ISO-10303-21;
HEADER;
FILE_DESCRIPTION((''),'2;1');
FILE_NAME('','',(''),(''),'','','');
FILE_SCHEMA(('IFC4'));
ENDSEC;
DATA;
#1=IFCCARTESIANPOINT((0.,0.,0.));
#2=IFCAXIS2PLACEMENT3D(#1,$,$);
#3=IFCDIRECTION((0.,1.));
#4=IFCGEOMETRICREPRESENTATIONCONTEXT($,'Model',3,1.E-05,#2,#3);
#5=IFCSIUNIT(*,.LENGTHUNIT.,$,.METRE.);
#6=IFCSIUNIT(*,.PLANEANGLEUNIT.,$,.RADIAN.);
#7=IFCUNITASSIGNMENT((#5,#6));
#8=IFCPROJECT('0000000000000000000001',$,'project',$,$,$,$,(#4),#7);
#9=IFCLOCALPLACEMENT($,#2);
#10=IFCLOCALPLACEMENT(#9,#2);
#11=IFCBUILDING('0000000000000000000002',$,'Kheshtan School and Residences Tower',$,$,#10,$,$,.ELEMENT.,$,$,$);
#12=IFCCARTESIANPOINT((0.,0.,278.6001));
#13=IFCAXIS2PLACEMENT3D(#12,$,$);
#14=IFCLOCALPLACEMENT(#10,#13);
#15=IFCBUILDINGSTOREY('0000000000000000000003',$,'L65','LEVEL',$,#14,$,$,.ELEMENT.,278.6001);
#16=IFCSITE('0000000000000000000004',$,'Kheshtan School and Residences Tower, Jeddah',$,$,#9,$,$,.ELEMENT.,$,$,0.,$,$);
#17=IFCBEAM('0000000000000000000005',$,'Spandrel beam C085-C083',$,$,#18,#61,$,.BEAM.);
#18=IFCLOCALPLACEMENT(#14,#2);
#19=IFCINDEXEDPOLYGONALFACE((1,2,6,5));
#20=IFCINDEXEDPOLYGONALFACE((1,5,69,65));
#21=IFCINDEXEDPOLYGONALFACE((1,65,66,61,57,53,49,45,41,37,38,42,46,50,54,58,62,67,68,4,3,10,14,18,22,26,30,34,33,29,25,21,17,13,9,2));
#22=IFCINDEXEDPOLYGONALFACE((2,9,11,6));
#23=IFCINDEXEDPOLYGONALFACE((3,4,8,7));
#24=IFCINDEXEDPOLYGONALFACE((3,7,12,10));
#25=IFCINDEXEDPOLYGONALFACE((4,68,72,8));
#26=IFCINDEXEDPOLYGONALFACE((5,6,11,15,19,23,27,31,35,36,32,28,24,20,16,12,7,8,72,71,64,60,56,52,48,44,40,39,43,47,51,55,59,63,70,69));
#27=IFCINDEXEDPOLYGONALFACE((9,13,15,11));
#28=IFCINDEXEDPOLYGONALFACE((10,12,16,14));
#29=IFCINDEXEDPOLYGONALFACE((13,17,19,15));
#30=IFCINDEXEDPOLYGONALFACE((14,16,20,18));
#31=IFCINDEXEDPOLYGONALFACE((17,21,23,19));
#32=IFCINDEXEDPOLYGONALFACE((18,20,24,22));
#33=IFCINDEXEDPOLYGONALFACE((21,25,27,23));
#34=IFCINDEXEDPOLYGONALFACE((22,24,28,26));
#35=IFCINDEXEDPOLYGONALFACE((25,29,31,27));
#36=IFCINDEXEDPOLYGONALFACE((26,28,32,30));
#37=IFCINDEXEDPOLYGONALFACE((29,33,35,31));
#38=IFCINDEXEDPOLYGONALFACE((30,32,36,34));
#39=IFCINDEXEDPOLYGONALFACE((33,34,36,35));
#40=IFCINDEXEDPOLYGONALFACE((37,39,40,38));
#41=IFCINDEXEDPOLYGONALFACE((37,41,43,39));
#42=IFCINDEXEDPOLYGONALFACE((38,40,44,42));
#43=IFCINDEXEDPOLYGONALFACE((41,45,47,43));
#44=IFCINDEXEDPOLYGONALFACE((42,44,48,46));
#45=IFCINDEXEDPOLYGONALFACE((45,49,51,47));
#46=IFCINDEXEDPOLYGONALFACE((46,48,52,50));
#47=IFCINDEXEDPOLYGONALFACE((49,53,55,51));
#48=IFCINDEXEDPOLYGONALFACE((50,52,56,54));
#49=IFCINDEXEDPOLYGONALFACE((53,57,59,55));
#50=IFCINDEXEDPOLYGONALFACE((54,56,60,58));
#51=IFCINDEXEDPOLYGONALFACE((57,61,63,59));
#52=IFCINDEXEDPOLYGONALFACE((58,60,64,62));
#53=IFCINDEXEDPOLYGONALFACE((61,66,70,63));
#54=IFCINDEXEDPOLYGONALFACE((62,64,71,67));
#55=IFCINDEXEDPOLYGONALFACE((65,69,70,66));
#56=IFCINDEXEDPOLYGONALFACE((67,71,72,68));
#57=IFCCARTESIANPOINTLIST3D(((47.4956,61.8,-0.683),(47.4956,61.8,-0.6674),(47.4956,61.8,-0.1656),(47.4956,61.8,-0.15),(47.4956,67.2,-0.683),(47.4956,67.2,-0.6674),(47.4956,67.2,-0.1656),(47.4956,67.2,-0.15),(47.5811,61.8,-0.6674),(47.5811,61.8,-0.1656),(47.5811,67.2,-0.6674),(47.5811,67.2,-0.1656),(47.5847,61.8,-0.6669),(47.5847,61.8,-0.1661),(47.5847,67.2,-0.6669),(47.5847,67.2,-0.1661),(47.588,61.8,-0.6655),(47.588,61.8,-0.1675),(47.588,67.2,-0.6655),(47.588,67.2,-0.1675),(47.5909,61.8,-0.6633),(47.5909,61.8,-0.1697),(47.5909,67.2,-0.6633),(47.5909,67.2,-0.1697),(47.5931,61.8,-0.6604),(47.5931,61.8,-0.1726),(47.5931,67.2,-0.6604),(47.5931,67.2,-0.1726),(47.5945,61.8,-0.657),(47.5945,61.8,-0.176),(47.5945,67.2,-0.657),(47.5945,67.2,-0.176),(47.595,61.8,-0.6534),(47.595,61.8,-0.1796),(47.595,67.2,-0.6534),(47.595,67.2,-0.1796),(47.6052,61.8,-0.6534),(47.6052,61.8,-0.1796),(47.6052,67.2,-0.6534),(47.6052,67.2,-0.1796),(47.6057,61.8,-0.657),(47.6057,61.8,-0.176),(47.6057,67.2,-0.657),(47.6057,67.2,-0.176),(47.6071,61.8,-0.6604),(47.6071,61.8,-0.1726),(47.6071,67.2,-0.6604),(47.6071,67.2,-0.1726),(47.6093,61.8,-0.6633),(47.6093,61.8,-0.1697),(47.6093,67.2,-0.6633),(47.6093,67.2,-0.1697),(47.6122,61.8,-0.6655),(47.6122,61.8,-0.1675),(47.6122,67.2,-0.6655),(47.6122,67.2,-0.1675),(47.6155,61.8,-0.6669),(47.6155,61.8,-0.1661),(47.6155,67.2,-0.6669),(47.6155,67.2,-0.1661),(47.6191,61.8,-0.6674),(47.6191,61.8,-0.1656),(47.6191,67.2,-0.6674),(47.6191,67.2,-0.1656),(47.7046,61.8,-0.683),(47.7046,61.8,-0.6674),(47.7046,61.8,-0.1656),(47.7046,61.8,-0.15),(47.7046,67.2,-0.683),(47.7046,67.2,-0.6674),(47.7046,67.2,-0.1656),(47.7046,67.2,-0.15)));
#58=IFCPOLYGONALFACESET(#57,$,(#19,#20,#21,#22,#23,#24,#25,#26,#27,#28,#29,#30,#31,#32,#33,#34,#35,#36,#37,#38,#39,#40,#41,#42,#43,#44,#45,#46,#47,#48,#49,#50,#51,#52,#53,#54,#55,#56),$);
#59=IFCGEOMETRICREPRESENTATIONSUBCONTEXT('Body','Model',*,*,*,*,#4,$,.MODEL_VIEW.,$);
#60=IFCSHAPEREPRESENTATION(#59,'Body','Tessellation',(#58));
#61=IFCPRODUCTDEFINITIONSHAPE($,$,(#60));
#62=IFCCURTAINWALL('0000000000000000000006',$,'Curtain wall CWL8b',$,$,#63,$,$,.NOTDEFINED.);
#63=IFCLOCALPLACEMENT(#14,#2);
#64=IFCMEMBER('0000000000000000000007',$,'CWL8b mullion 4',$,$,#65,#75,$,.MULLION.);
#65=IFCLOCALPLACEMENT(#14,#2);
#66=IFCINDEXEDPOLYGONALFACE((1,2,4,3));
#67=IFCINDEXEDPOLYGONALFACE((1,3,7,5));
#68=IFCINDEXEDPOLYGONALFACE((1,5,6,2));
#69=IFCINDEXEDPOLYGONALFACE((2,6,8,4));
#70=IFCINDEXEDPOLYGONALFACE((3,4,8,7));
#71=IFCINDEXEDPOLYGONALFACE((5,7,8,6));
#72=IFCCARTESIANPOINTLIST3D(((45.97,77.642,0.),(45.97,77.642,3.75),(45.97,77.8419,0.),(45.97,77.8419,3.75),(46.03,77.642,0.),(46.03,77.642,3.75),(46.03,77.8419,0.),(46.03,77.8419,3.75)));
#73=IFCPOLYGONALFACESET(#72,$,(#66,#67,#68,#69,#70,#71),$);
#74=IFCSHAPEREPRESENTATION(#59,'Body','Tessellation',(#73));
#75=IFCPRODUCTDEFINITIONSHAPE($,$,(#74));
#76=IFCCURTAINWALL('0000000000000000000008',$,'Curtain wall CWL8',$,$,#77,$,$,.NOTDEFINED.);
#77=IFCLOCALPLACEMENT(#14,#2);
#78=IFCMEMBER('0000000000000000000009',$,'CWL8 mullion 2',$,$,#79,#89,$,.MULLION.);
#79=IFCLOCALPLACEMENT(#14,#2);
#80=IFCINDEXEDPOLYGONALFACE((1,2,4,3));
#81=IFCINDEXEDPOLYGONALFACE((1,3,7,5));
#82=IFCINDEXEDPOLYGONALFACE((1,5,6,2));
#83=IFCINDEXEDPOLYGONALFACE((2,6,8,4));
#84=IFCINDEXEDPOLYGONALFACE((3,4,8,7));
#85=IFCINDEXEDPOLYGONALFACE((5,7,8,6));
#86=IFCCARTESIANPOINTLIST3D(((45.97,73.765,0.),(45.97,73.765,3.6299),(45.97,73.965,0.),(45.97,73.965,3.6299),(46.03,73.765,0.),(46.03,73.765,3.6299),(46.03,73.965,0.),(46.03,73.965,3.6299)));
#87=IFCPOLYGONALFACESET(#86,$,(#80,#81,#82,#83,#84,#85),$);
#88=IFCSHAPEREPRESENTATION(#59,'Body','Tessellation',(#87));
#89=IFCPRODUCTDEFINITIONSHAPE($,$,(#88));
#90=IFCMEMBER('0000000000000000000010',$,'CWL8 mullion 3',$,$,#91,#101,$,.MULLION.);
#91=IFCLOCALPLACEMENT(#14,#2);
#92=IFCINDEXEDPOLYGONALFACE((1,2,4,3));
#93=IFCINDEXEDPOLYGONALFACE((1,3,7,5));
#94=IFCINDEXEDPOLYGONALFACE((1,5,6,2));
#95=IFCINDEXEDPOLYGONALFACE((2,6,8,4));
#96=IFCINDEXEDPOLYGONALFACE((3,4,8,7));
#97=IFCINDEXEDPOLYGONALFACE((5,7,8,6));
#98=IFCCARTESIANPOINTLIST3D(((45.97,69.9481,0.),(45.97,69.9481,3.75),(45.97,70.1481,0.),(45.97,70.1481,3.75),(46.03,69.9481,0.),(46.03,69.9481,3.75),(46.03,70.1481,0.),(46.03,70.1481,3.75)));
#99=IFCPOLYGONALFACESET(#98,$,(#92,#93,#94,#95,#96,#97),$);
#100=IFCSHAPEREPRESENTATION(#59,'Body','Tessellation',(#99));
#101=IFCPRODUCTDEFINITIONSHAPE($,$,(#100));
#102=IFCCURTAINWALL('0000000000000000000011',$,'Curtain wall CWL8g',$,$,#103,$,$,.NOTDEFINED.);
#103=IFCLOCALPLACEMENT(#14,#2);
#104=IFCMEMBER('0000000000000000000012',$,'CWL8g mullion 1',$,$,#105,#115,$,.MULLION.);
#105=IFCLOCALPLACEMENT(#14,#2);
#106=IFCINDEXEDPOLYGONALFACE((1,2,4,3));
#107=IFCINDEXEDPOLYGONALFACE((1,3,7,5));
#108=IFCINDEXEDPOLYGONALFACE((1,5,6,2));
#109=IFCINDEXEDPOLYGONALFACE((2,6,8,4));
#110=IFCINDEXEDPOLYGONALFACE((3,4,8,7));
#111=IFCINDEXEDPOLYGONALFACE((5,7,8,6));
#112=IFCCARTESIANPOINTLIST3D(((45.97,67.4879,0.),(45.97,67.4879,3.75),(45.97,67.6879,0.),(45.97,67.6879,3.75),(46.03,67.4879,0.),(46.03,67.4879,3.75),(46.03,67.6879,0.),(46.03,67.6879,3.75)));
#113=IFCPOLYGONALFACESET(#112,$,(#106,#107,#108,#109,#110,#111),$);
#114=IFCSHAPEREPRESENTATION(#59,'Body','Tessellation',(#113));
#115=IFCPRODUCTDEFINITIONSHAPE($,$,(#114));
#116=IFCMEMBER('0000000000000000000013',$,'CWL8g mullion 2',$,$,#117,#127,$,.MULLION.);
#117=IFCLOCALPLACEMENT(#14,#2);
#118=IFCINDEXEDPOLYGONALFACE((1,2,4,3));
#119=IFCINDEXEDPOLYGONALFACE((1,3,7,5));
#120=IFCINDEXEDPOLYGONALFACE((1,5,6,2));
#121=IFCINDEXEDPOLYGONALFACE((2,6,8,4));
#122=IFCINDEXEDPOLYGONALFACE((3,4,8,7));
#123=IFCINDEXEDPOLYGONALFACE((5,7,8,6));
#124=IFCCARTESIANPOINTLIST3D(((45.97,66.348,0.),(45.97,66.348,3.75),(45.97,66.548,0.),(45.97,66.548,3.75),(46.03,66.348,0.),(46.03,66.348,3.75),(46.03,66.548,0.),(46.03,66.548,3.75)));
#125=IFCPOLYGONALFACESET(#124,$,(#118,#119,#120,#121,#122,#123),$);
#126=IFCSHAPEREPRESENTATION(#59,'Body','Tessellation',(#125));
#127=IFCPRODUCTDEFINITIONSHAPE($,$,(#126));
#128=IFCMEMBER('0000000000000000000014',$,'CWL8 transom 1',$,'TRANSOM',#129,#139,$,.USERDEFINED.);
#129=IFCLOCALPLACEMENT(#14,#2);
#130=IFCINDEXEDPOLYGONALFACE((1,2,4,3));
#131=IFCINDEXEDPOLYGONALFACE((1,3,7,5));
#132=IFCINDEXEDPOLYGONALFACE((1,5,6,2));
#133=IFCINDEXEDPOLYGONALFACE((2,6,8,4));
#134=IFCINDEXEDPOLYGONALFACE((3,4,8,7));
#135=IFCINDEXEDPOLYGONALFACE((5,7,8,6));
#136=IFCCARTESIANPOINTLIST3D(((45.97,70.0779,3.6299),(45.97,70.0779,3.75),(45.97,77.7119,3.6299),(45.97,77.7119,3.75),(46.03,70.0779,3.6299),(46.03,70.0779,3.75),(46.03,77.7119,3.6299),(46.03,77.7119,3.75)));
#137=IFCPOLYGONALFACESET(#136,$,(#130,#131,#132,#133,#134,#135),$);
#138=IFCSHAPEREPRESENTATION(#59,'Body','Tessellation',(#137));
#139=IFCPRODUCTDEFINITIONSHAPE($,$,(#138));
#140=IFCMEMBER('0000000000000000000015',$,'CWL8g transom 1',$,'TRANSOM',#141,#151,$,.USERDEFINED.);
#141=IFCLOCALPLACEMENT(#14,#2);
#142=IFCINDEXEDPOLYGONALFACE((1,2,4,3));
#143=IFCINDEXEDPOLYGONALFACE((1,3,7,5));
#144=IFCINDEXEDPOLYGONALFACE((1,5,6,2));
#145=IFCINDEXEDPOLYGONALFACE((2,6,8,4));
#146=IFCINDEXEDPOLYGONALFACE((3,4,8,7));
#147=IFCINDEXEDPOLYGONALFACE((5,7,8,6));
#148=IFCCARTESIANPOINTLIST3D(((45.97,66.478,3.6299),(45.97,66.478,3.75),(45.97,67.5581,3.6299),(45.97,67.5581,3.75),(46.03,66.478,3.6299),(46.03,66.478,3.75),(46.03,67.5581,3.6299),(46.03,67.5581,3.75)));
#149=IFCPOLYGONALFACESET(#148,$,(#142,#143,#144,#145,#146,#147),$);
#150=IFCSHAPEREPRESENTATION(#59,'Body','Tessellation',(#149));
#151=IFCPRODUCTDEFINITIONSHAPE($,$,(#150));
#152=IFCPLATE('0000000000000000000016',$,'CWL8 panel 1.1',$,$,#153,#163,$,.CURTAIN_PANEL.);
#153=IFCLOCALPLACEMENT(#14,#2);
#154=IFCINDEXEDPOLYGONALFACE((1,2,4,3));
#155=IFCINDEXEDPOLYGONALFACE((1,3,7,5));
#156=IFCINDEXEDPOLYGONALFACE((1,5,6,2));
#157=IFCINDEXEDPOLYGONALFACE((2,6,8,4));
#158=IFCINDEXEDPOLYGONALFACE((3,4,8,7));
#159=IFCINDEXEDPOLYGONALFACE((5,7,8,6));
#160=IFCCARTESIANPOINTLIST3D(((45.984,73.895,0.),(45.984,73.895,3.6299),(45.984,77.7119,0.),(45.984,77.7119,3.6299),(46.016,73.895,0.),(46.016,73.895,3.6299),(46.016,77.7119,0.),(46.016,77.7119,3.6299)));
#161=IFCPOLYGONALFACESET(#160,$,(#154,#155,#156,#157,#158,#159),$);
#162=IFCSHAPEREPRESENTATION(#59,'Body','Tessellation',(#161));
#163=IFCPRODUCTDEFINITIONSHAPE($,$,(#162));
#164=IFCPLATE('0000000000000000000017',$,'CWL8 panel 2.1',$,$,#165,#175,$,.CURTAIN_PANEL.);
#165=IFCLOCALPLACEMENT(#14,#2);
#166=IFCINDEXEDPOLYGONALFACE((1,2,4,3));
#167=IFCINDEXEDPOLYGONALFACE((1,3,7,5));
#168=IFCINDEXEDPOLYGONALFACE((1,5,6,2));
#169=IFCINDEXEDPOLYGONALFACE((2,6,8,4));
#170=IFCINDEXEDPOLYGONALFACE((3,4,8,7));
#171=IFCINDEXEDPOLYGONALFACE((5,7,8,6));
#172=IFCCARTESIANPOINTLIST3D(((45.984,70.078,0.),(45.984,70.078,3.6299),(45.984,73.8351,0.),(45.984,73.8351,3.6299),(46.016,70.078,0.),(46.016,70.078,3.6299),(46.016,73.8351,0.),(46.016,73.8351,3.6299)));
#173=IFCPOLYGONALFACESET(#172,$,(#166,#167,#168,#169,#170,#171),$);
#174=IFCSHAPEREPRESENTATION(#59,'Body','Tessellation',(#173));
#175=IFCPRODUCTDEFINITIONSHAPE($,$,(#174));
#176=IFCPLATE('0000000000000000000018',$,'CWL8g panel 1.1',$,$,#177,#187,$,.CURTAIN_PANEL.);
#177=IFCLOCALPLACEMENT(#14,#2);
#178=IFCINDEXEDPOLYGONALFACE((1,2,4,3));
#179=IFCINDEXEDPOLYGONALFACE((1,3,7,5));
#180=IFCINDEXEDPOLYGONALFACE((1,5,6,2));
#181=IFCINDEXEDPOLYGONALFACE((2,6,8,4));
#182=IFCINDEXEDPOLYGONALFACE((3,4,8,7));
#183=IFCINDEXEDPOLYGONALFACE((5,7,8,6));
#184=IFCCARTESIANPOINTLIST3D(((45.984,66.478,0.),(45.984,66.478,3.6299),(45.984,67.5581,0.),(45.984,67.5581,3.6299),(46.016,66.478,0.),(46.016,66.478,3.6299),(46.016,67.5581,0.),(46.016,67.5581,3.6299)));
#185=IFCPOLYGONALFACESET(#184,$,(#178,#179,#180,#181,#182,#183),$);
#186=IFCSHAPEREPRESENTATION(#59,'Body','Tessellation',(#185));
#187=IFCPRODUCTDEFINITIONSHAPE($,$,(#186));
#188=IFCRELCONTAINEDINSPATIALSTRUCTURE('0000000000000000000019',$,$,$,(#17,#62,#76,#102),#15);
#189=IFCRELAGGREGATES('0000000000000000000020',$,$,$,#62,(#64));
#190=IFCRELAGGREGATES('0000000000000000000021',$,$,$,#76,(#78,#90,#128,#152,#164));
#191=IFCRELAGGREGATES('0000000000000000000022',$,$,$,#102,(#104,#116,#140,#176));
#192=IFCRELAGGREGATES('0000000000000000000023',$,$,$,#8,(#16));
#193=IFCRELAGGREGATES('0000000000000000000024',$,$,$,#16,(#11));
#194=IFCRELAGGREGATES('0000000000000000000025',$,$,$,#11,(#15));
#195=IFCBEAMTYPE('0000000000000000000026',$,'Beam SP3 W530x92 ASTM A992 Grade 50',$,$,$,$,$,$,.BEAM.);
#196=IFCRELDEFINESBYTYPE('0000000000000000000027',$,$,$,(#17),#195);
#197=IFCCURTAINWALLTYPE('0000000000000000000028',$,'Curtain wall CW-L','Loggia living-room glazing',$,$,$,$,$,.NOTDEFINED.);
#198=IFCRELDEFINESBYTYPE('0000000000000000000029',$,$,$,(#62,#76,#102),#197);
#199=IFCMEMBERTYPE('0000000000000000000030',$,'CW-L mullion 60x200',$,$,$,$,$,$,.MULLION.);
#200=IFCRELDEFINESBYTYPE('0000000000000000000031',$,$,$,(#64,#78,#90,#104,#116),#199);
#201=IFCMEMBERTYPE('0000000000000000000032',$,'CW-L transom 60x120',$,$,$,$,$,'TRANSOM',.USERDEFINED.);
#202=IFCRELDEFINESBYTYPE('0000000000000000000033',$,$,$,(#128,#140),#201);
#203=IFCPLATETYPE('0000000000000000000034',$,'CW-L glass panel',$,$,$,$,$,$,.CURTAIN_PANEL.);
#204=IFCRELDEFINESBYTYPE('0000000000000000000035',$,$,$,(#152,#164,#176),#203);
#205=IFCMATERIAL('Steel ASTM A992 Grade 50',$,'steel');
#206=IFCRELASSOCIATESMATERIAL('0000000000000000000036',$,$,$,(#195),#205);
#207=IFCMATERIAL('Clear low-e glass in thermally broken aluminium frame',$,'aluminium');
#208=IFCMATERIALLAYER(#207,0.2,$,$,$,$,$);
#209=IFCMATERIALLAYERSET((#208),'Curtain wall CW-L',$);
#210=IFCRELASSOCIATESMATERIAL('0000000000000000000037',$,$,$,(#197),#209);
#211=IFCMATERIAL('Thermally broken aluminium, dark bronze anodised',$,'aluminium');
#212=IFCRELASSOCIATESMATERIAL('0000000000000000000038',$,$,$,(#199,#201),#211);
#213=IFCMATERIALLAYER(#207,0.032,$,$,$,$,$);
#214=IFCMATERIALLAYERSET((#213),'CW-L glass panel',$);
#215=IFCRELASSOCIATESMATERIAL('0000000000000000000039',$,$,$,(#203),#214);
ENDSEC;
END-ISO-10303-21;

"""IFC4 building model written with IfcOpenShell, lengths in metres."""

from ifc_helpers import new_model, si_unit, direction, frame, origin, origin_2d, place, context, subcontext, project, spatial, rectangle, i_section, extrude, material, layer, layer_set, material_profile, profile_set, type_object, element, aggregate, save


model = new_model("IFC4")

# Units and contexts
model_context = context("Model", 3, precision=1e-05, world=origin(), true_north=direction((0.0, 1.0)))
body_context = subcontext(model_context, "Body", "Model", "MODEL_VIEW")
ifc_project = project(units=[si_unit("LENGTHUNIT", "METRE"), si_unit("PLANEANGLEUNIT", "RADIAN")], contexts=[model_context])

# Site, building, storey
site_placement = place(None, origin())
site = spatial("IfcSite", under=ifc_project, at=site_placement, Name="Kheshtan School and Residences Tower, Jeddah", CompositionType="ELEMENT", RefElevation=0.0)
building_placement = place(site_placement, origin())
building = spatial("IfcBuilding", under=site, at=building_placement, Name="Kheshtan School and Residences Tower", CompositionType="ELEMENT")
storey_placement = place(building_placement, frame((0.0, 0.0, 278.6001)))
storey = spatial("IfcBuildingStorey", under=building, at=storey_placement, Name="L65", Description="LEVEL", CompositionType="ELEMENT", Elevation=278.6001)

# Shared definitions
ifc_material_1 = material(Name="Steel ASTM A992 Grade 50", Category="steel")

# Beam
ifc_material_profile_1 = material_profile(ifc_material_1, i_section(OverallWidth=0.209, OverallDepth=0.533, WebThickness=0.0103, FlangeThickness=0.0156, FilletRadius=0.0139, at=origin_2d()), Name="W530x92")
ifc_profile_set_1 = profile_set([ifc_material_profile_1], Name="Steel ASTM A992 Grade 50")
beam_type_1 = type_object("IfcBeamType", Name="Beam SP3 W530x92 ASTM A992 Grade 50", PredefinedType="BEAM", material=ifc_profile_set_1)
beam_1_placement = place(storey_placement, frame((47.6001, 67.2, -0.4165), z_axis=(0.0, -1.0, 0.0), x_axis=(1.0, 0.0, 0.0)))
element("IfcBeam", 1, at=beam_1_placement, inside=storey, type_object=beam_type_1, Name="Spandrel beam C085-C083", PredefinedType="BEAM", context=body_context, shape_type="SweptSolid", body=[
    extrude(i_section(OverallWidth=0.209, OverallDepth=0.533, WebThickness=0.0103, FlangeThickness=0.0156, FilletRadius=0.0139, at=origin_2d()), origin(), (0.0, 0.0, 1.0), 5.3999),
])

# Curtain wall, member
ifc_material_2 = material(Name="Clear low-e glass in thermally broken aluminium frame", Category="aluminium")
ifc_layer_1 = layer(ifc_material_2, 0.2)
ifc_layer_set_1 = layer_set([ifc_layer_1], Name="Curtain wall CW-L")
curtain_wall_type = type_object("IfcCurtainWallType", Name="Curtain wall CW-L", Description="Loggia living-room glazing", PredefinedType="NOTDEFINED", material=ifc_layer_set_1)
curtain_wall_1_placement = place(storey_placement, origin())
curtain_wall_1 = element("IfcCurtainWall", 2, at=curtain_wall_1_placement, inside=storey, type_object=curtain_wall_type, Name="Curtain wall CWL8b", PredefinedType="NOTDEFINED")
ifc_material_3 = material(Name="Thermally broken aluminium, dark bronze anodised", Category="aluminium")
ifc_material_profile_2 = material_profile(ifc_material_3, rectangle(XDim=0.0601, YDim=0.2, at=origin_2d()), Name="CW-L mullion 60x200")
ifc_profile_set_2 = profile_set([ifc_material_profile_2], Name="Thermally broken aluminium, dark bronze anodised")
member_type_1 = type_object("IfcMemberType", Name="CW-L mullion 60x200", PredefinedType="MULLION", material=ifc_profile_set_2)
member_1_placement = place(storey_placement, frame((46.0, 77.7419, 0.0), z_axis=(0.0, 0.0, 1.0), x_axis=(1.0, 0.0, 0.0)))
member_1 = element("IfcMember", 3, at=member_1_placement, type_object=member_type_1, Name="CWL8b mullion 4", PredefinedType="MULLION", context=body_context, shape_type="SweptSolid", body=[
    extrude(rectangle(XDim=0.0601, YDim=0.2, at=origin_2d()), origin(), (0.0, 0.0, 1.0), 3.75),
])
aggregate(curtain_wall_1, [member_1])

# Curtain walls, members
curtain_wall_2_placement = place(storey_placement, origin())
curtain_wall_2 = element("IfcCurtainWall", 4, at=curtain_wall_2_placement, inside=storey, type_object=curtain_wall_type, Name="Curtain wall CWL8", PredefinedType="NOTDEFINED")
member_2_placement = place(storey_placement, frame((46.0, 73.865, 0.0), z_axis=(0.0, 0.0, 1.0), x_axis=(1.0, 0.0, 0.0)))
member_2 = element("IfcMember", 5, at=member_2_placement, type_object=member_type_1, Name="CWL8 mullion 2", PredefinedType="MULLION", context=body_context, shape_type="SweptSolid", body=[
    extrude(rectangle(XDim=0.0601, YDim=0.2, at=origin_2d()), origin(), (0.0, 0.0, 1.0), 3.6299),
])
member_3_placement = place(storey_placement, frame((46.0, 70.0481, 0.0), z_axis=(0.0, 0.0, 1.0), x_axis=(1.0, 0.0, 0.0)))
member_3 = element("IfcMember", 6, at=member_3_placement, type_object=member_type_1, Name="CWL8 mullion 3", PredefinedType="MULLION", context=body_context, shape_type="SweptSolid", body=[
    extrude(rectangle(XDim=0.0601, YDim=0.2, at=origin_2d()), origin(), (0.0, 0.0, 1.0), 3.75),
])
curtain_wall_3_placement = place(storey_placement, origin())
curtain_wall_3 = element("IfcCurtainWall", 7, at=curtain_wall_3_placement, inside=storey, type_object=curtain_wall_type, Name="Curtain wall CWL8g", PredefinedType="NOTDEFINED")
member_4_placement = place(storey_placement, frame((46.0, 67.5879, 0.0), z_axis=(0.0, 0.0, 1.0), x_axis=(1.0, 0.0, 0.0)))
member_4 = element("IfcMember", 8, at=member_4_placement, type_object=member_type_1, Name="CWL8g mullion 1", PredefinedType="MULLION", context=body_context, shape_type="SweptSolid", body=[
    extrude(rectangle(XDim=0.0601, YDim=0.2, at=origin_2d()), origin(), (0.0, 0.0, 1.0), 3.75),
])
member_5_placement = place(storey_placement, frame((46.0, 66.448, 0.0), z_axis=(0.0, 0.0, 1.0), x_axis=(1.0, 0.0, 0.0)))
member_5 = element("IfcMember", 9, at=member_5_placement, type_object=member_type_1, Name="CWL8g mullion 2", PredefinedType="MULLION", context=body_context, shape_type="SweptSolid", body=[
    extrude(rectangle(XDim=0.0601, YDim=0.2, at=origin_2d()), origin(), (0.0, 0.0, 1.0), 3.75),
])

# Members
ifc_material_profile_3 = material_profile(ifc_material_3, rectangle(XDim=0.0601, YDim=0.1201, at=origin_2d()), Name="CW-L transom 60x120")
ifc_profile_set_3 = profile_set([ifc_material_profile_3], Name="Thermally broken aluminium, dark bronze anodised")
member_type_2 = type_object("IfcMemberType", Name="CW-L transom 60x120", ElementType="TRANSOM", PredefinedType="USERDEFINED", material=ifc_profile_set_3)
member_6_placement = place(storey_placement, frame((46.0, 77.7119, 3.6899), z_axis=(0.0, -1.0, 0.0), x_axis=(1.0, 0.0, 0.0)))
member_6 = element("IfcMember", 10, at=member_6_placement, type_object=member_type_2, Name="CWL8 transom 1", ObjectType="TRANSOM", PredefinedType="USERDEFINED", context=body_context, shape_type="SweptSolid", body=[
    extrude(rectangle(XDim=0.0601, YDim=0.1201, at=origin_2d()), origin(), (0.0, 0.0, 1.0), 7.634),
])
member_7_placement = place(storey_placement, frame((46.0, 67.5581, 3.6899), z_axis=(0.0, -1.0, 0.0), x_axis=(1.0, 0.0, 0.0)))
member_7 = element("IfcMember", 11, at=member_7_placement, type_object=member_type_2, Name="CWL8g transom 1", ObjectType="TRANSOM", PredefinedType="USERDEFINED", context=body_context, shape_type="SweptSolid", body=[
    extrude(rectangle(XDim=0.0601, YDim=0.1201, at=origin_2d()), origin(), (0.0, 0.0, 1.0), 1.0801),
])

# Plates
ifc_layer_2 = layer(ifc_material_2, 0.032)
ifc_layer_set_2 = layer_set([ifc_layer_2], Name="CW-L glass panel")
plate_type = type_object("IfcPlateType", Name="CW-L glass panel", PredefinedType="CURTAIN_PANEL", material=ifc_layer_set_2)
plate_1_placement = place(storey_placement, frame((46.0, 75.8035, 0.0), z_axis=(0.0, 0.0, 1.0), x_axis=(0.0, -1.0, 0.0)))
plate_1 = element("IfcPlate", 12, at=plate_1_placement, type_object=plate_type, Name="CWL8 panel 1.1", PredefinedType="CURTAIN_PANEL", context=body_context, shape_type="SweptSolid", body=[
    extrude(rectangle(XDim=3.8169, YDim=0.032, at=origin_2d()), origin(), (0.0, 0.0, 1.0), 3.6299),
])
plate_2_placement = place(storey_placement, frame((46.0, 71.9565, 0.0), z_axis=(0.0, 0.0, 1.0), x_axis=(0.0, -1.0, 0.0)))
plate_2 = element("IfcPlate", 13, at=plate_2_placement, type_object=plate_type, Name="CWL8 panel 2.1", PredefinedType="CURTAIN_PANEL", context=body_context, shape_type="SweptSolid", body=[
    extrude(rectangle(XDim=3.7571, YDim=0.032, at=origin_2d()), origin(), (0.0, 0.0, 1.0), 3.6299),
])
aggregate(curtain_wall_2, [member_2, member_3, member_6, plate_1, plate_2])
plate_3_placement = place(storey_placement, frame((46.0, 67.0181, 0.0), z_axis=(0.0, 0.0, 1.0), x_axis=(0.0, -1.0, 0.0)))
plate_3 = element("IfcPlate", 14, at=plate_3_placement, type_object=plate_type, Name="CWL8g panel 1.1", PredefinedType="CURTAIN_PANEL", context=body_context, shape_type="SweptSolid", body=[
    extrude(rectangle(XDim=1.0801, YDim=0.032, at=origin_2d()), origin(), (0.0, 0.0, 1.0), 3.6299),
])
aggregate(curtain_wall_3, [member_4, member_5, member_7, plate_3])

save(model, "model.ifc")
